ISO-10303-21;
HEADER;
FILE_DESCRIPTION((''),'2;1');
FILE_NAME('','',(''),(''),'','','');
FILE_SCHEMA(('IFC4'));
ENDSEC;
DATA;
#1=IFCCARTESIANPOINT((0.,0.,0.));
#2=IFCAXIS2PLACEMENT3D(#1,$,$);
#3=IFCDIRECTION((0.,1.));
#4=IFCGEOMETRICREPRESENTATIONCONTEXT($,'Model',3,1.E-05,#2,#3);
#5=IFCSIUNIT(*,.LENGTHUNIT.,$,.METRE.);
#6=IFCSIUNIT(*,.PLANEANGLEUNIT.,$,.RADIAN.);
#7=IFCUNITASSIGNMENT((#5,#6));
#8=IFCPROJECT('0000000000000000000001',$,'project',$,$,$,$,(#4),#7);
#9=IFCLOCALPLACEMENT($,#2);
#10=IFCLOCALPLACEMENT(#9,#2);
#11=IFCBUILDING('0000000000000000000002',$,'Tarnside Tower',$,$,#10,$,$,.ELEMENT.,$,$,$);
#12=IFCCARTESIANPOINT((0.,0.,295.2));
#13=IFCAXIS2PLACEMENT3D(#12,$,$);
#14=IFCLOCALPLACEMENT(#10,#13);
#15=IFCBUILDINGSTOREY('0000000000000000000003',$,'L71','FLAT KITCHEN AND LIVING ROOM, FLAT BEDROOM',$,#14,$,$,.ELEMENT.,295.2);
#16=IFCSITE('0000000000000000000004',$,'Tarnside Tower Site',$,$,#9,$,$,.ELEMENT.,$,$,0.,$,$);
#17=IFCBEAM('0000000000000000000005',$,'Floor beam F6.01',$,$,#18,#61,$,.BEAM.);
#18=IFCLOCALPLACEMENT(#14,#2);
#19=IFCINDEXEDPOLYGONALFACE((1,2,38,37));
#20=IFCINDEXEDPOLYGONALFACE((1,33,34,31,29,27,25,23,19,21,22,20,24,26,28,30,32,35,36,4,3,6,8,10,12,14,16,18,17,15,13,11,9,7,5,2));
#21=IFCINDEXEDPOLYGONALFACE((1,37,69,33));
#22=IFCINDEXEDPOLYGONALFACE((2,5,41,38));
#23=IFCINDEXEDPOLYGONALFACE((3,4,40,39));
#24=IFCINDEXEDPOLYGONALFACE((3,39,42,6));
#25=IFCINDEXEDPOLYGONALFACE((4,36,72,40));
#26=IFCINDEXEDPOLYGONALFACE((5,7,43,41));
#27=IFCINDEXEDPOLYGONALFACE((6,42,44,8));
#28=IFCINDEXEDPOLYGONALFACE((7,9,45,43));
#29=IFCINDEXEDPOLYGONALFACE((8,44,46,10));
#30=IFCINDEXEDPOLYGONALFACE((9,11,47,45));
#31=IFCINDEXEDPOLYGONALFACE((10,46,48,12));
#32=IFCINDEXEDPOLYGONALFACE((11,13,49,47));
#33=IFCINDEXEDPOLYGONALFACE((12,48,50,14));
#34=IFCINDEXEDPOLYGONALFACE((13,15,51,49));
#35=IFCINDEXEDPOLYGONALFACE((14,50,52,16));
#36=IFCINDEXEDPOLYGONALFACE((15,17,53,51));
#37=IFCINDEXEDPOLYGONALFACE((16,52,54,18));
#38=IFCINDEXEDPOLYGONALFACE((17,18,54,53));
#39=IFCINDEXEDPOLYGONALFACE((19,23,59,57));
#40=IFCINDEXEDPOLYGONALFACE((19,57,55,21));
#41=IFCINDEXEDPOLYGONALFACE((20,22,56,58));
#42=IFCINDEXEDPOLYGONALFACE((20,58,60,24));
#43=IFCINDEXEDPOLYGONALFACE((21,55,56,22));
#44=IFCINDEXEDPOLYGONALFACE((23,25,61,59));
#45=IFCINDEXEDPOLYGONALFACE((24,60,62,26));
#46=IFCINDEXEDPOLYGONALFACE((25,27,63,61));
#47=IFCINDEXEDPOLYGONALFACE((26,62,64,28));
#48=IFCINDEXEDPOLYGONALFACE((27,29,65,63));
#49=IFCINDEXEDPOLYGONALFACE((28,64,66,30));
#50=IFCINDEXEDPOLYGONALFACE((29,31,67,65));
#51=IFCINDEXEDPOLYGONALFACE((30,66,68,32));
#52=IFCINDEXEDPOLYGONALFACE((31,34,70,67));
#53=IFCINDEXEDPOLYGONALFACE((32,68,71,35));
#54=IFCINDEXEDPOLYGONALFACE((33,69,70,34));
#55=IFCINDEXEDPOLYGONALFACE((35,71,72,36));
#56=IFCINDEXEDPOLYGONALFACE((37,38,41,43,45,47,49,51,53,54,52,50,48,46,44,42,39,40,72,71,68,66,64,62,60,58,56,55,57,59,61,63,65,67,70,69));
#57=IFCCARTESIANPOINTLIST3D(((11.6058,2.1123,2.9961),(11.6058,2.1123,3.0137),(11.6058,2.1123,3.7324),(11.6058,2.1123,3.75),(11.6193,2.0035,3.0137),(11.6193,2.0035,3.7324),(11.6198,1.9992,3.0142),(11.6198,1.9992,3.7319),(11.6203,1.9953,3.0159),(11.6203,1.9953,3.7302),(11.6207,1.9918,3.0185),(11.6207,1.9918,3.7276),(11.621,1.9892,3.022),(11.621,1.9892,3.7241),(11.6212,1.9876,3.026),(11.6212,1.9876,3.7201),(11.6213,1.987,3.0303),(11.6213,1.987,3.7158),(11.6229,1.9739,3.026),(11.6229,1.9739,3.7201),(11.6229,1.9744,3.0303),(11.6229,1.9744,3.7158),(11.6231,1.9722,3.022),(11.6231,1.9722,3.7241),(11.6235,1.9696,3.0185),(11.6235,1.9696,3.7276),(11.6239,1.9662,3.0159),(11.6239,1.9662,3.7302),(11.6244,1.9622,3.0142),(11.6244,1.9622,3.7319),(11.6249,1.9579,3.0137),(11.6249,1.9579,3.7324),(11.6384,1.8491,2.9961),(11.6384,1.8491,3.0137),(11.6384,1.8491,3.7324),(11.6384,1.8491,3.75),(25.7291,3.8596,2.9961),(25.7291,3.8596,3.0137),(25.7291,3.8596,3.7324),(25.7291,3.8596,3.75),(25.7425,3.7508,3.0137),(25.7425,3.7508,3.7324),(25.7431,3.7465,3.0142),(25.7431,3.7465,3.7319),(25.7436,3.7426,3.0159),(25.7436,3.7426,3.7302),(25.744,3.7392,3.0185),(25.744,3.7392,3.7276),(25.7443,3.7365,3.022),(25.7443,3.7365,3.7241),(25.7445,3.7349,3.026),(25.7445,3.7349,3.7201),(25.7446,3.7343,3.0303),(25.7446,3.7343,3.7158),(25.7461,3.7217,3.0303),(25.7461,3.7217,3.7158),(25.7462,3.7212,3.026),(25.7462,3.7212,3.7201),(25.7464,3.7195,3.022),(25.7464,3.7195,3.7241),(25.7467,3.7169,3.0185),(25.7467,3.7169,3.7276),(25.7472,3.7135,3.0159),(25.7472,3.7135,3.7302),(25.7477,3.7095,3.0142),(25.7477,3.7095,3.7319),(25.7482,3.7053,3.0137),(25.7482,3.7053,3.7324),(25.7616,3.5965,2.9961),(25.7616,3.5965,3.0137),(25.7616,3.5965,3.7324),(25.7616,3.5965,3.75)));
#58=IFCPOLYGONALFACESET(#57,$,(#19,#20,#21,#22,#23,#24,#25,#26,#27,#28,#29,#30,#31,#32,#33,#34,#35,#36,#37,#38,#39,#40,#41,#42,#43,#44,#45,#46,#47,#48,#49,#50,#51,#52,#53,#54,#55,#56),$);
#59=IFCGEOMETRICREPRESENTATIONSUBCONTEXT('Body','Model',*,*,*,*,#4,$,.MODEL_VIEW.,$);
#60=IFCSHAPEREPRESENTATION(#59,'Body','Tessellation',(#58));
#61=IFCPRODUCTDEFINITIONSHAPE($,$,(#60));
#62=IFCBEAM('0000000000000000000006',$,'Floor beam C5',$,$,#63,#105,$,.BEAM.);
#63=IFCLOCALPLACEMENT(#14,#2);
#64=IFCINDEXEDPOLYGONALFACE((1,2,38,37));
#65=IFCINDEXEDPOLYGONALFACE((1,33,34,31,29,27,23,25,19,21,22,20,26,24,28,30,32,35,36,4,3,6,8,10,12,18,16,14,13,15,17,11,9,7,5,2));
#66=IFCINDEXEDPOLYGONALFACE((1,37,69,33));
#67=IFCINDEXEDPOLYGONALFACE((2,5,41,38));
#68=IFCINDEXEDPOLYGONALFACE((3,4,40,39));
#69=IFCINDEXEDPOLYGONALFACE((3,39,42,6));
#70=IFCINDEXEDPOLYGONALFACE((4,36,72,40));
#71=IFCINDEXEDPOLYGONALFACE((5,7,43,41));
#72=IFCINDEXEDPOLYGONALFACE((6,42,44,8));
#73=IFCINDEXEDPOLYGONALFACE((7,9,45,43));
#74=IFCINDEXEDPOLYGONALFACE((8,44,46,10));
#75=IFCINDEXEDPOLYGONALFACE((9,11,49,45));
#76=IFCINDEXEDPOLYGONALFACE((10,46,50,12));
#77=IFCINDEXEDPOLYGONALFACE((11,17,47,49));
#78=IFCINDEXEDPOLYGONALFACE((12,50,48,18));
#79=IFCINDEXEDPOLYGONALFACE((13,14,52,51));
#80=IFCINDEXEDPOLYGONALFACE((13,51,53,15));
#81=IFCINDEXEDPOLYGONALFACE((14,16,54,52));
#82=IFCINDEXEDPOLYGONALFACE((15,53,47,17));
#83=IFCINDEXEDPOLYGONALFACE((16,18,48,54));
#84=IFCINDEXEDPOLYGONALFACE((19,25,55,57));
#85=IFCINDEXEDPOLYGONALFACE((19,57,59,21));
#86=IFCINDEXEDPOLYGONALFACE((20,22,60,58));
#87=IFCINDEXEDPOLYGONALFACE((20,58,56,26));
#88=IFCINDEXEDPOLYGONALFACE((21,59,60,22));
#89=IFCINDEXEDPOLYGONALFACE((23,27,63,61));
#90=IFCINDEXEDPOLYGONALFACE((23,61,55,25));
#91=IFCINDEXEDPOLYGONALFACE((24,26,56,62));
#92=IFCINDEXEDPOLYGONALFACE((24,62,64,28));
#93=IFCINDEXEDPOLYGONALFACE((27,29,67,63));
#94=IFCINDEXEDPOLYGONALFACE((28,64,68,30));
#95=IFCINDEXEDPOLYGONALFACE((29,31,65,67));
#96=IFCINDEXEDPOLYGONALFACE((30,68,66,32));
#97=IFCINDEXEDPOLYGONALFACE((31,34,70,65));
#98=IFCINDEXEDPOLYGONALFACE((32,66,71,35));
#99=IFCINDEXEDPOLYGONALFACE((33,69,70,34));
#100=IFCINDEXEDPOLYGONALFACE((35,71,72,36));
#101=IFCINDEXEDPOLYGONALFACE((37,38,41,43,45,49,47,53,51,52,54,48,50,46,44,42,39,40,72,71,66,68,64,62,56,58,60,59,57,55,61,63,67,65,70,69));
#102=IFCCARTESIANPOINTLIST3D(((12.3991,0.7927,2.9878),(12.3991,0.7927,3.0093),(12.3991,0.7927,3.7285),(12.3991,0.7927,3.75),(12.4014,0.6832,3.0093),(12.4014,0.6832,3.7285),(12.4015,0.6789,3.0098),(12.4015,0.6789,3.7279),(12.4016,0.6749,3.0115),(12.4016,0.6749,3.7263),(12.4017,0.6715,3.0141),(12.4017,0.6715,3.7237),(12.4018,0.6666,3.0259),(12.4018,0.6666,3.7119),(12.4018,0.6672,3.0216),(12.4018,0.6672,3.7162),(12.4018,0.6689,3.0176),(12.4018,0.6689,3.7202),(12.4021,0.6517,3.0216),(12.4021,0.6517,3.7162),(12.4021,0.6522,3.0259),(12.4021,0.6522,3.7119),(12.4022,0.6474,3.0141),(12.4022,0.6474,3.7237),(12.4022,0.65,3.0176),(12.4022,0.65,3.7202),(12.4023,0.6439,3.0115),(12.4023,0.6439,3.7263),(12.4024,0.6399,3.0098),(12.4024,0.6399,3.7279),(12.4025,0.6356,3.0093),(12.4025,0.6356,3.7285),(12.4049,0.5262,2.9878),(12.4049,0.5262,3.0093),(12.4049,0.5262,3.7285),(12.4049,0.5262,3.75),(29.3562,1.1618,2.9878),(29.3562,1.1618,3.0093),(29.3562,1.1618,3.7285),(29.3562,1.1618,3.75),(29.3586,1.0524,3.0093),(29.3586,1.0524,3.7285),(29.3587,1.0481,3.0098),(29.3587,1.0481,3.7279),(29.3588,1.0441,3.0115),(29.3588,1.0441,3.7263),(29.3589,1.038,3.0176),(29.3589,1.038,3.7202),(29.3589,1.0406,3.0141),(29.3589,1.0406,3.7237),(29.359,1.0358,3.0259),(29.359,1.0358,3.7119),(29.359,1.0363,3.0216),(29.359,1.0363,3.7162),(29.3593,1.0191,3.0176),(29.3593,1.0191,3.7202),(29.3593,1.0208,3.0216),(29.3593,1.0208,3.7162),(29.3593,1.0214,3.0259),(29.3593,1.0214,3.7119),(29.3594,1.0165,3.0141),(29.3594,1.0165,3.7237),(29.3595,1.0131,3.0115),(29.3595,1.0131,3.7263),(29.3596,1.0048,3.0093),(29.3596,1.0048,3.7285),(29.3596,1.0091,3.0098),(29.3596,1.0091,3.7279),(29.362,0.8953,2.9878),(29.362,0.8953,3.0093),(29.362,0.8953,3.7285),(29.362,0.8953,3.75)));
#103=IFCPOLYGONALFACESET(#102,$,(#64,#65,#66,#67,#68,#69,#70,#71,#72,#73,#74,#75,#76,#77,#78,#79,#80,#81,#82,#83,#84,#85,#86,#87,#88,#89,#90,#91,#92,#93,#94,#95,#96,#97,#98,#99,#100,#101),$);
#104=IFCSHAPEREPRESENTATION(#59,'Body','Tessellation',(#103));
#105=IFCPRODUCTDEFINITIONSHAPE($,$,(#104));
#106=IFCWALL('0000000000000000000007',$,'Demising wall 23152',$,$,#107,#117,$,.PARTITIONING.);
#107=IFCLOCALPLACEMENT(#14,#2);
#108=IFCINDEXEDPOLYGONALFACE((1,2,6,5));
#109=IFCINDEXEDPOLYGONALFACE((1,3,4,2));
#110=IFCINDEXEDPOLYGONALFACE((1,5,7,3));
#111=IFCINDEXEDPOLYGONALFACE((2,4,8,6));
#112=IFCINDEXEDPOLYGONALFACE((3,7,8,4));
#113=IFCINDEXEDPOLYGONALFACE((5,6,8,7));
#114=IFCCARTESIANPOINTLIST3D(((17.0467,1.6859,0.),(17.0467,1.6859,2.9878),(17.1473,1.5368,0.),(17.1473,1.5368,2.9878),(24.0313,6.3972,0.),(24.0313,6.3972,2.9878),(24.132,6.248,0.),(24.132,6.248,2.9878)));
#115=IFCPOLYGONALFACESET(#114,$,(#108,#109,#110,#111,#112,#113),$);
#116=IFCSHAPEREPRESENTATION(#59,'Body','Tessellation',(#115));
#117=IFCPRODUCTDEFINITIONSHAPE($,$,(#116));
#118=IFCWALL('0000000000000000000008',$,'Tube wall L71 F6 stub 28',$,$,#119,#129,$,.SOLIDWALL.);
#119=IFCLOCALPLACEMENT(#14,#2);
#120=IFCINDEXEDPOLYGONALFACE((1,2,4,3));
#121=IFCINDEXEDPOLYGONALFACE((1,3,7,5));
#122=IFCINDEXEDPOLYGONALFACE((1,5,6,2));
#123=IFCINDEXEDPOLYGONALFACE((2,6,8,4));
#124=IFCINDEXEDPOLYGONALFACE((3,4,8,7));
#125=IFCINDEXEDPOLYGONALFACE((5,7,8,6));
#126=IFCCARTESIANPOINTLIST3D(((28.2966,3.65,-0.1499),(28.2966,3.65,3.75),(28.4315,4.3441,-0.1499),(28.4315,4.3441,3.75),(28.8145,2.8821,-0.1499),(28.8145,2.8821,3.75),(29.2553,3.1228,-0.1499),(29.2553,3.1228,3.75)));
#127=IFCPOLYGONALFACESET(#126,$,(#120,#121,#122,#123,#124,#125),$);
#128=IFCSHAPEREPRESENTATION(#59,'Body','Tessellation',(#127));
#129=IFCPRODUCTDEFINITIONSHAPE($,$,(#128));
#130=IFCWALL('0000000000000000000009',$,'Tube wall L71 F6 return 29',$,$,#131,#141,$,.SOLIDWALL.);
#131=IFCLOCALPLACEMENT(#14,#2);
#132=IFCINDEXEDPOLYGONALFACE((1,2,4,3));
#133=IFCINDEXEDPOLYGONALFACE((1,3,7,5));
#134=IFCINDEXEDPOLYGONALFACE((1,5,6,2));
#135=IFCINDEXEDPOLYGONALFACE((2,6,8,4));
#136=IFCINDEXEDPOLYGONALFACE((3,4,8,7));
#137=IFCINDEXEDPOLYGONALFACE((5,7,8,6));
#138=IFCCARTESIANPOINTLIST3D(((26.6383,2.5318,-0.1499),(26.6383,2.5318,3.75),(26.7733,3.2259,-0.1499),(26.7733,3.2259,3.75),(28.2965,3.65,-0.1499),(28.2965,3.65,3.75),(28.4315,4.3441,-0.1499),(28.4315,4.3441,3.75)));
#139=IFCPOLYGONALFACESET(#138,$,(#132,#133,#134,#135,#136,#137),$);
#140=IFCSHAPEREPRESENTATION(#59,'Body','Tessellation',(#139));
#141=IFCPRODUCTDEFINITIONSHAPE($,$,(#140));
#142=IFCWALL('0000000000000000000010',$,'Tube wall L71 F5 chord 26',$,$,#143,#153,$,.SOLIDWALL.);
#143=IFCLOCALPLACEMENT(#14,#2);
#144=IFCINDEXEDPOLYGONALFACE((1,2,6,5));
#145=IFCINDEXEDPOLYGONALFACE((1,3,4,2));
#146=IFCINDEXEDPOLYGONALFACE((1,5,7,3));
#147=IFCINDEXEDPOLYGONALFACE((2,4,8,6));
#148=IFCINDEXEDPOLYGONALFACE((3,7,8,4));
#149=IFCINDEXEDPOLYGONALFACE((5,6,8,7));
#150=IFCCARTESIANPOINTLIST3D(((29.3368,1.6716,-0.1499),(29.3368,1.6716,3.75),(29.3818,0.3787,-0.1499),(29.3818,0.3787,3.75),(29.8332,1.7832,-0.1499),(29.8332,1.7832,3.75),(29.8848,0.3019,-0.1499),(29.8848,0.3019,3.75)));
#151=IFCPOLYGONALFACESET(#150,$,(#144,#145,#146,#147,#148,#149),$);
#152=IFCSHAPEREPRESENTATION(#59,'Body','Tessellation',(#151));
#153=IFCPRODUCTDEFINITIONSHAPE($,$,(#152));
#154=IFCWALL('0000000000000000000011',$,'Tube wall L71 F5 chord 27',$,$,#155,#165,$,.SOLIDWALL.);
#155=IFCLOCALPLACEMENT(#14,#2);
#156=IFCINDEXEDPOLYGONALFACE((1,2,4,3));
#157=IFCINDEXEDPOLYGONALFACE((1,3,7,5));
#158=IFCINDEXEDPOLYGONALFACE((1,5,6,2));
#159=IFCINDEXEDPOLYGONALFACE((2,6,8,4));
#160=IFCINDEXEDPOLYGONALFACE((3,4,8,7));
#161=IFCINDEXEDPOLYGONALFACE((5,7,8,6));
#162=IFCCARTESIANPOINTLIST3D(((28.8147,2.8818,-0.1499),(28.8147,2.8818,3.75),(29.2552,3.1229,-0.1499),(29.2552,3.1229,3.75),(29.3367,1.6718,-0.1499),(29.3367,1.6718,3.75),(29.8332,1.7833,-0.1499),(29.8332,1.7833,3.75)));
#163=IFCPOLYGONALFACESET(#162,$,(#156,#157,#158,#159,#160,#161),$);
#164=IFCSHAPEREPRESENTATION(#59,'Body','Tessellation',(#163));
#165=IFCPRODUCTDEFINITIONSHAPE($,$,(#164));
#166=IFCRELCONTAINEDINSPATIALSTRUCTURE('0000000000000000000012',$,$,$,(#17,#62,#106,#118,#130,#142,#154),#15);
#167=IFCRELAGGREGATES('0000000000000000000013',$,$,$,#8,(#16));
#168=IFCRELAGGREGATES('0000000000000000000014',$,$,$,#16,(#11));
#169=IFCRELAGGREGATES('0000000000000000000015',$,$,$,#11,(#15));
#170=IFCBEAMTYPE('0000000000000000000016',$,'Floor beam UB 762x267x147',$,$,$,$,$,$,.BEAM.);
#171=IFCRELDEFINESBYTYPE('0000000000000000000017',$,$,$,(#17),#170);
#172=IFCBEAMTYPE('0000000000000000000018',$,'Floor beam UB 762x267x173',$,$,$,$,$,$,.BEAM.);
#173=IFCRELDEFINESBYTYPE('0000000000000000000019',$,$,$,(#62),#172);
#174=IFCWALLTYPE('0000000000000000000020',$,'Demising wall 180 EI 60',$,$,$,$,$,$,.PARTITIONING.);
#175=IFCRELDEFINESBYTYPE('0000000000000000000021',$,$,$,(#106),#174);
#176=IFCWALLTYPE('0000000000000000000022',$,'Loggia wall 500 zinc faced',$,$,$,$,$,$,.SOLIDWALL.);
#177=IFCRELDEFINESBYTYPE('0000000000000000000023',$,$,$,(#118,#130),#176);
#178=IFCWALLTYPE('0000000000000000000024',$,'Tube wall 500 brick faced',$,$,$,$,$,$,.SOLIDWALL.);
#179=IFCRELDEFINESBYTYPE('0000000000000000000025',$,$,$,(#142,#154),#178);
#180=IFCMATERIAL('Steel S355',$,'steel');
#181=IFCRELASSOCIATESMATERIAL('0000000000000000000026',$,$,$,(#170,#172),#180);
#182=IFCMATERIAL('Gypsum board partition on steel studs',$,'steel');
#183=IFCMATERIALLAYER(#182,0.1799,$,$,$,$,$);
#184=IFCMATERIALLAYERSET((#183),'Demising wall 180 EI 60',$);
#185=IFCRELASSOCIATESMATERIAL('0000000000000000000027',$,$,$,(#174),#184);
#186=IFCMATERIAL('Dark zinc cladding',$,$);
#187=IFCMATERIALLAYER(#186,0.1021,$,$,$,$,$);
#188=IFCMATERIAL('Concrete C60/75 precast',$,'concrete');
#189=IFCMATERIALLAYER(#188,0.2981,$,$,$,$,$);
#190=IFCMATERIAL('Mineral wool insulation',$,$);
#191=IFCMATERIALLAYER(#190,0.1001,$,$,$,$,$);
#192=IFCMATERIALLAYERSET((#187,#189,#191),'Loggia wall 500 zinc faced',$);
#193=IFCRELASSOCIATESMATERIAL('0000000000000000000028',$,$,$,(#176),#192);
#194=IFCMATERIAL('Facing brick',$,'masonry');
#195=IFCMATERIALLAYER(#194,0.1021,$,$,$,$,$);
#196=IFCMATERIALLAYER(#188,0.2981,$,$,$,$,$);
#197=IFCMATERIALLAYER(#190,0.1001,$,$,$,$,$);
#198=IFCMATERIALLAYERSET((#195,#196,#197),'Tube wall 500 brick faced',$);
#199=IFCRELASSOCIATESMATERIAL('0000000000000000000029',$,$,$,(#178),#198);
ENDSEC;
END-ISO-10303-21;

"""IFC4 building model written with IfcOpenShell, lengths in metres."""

from ifc_helpers import new_model, si_unit, direction, frame, frame_2d, origin, origin_2d, place, context, subcontext, project, spatial, polyline, rectangle, i_section, outline, extrude, material, layer, layer_set, material_profile, profile_set, type_object, element, save


model = new_model("IFC4")

# Units and contexts
model_context = context("Model", 3, precision=1e-05, world=origin(), true_north=direction((0.0, 1.0)))
body_context = subcontext(model_context, "Body", "Model", "MODEL_VIEW")
ifc_project = project(units=[si_unit("LENGTHUNIT", "METRE"), si_unit("PLANEANGLEUNIT", "RADIAN")], contexts=[model_context])

# Site, building, storey
site_placement = place(None, origin())
site = spatial("IfcSite", under=ifc_project, at=site_placement, Name="Tarnside Tower Site", CompositionType="ELEMENT", RefElevation=0.0)
building_placement = place(site_placement, origin())
building = spatial("IfcBuilding", under=site, at=building_placement, Name="Tarnside Tower", CompositionType="ELEMENT")
storey_placement = place(building_placement, frame((0.0, 0.0, 295.2)))
storey = spatial("IfcBuildingStorey", under=building, at=storey_placement, Name="L71", Description="FLAT KITCHEN AND LIVING ROOM, FLAT BEDROOM", CompositionType="ELEMENT", Elevation=295.2)

# Beams
ifc_material_1 = material(Name="Steel S355", Category="steel")
ifc_material_profile_1 = material_profile(ifc_material_1, i_section(OverallWidth=0.2651, OverallDepth=0.7539, WebThickness=0.0127, FlangeThickness=0.0176, FilletRadius=0.0166, at=origin_2d()), Name="UB 762x267x147")
ifc_profile_set_1 = profile_set([ifc_material_profile_1], Name="Steel S355")
beam_type_1 = type_object("IfcBeamType", Name="Floor beam UB 762x267x147", PredefinedType="BEAM", material=ifc_profile_set_1)
beam_1_placement = place(storey_placement, frame((25.7454, 3.728, 3.373), z_axis=(-0.992434, -0.122783, 0.0), x_axis=(0.122783, -0.992434, 0.0)))
element("IfcBeam", 1, at=beam_1_placement, inside=storey, type_object=beam_type_1, Name="Floor beam F6.01", PredefinedType="BEAM", context=body_context, shape_type="SweptSolid", body=[
    extrude(i_section(OverallWidth=0.2651, OverallDepth=0.7539, WebThickness=0.0127, FlangeThickness=0.0176, FilletRadius=0.0166, at=origin_2d()), origin(), (0.0, 0.0, 1.0), 14.231),
])
ifc_material_profile_2 = material_profile(ifc_material_1, i_section(OverallWidth=0.2666, OverallDepth=0.7622, WebThickness=0.0144, FlangeThickness=0.0215, FilletRadius=0.0166, at=origin_2d()), Name="UB 762x267x173")
ifc_profile_set_2 = profile_set([ifc_material_profile_2], Name="Steel S355")
beam_type_2 = type_object("IfcBeamType", Name="Floor beam UB 762x267x173", PredefinedType="BEAM", material=ifc_profile_set_2)
beam_2_placement = place(storey_placement, frame((29.3591, 1.0286, 3.3689), z_axis=(-0.999763, -0.021764, 0.0), x_axis=(0.021764, -0.999763, 0.0)))
element("IfcBeam", 2, at=beam_2_placement, inside=storey, type_object=beam_type_2, Name="Floor beam C5", PredefinedType="BEAM", context=body_context, shape_type="SweptSolid", body=[
    extrude(i_section(OverallWidth=0.2666, OverallDepth=0.7622, WebThickness=0.0144, FlangeThickness=0.0215, FilletRadius=0.0166, at=origin_2d()), origin(), (0.0, 0.0, 1.0), 16.9612),
])

# Walls
ifc_material_2 = material(Name="Gypsum board partition on steel studs", Category="steel")
ifc_layer_1 = layer(ifc_material_2, 0.1799)
ifc_layer_set_1 = layer_set([ifc_layer_1], Name="Demising wall 180 EI 60")
wall_type_1 = type_object("IfcWallType", Name="Demising wall 180 EI 60", PredefinedType="PARTITIONING", material=ifc_layer_set_1)
wall_1_placement = place(storey_placement, frame((24.0815, 6.3225, 0.0), z_axis=(0.0, 0.0, 1.0), x_axis=(-0.829038, -0.559193, 0.0)))
element("IfcWall", 3, at=wall_1_placement, inside=storey, type_object=wall_type_1, Name="Demising wall 23152", PredefinedType="PARTITIONING", context=body_context, shape_type="SweptSolid", body=[
    extrude(rectangle(XDim=8.425, YDim=0.1799, at=frame_2d((4.2124, 0.0))), origin(), (0.0, 0.0, 1.0), 2.9878),
])
ifc_material_3 = material(Name="Dark zinc cladding")
ifc_layer_2 = layer(ifc_material_3, 0.1021)
ifc_material_4 = material(Name="Concrete C60/75 precast", Category="concrete")
ifc_layer_3 = layer(ifc_material_4, 0.2981)
ifc_material_5 = material(Name="Mineral wool insulation")
ifc_layer_4 = layer(ifc_material_5, 0.1001)
ifc_layer_set_2 = layer_set([ifc_layer_2, ifc_layer_3, ifc_layer_4], Name="Loggia wall 500 zinc faced")
wall_type_2 = type_object("IfcWallType", Name="Loggia wall 500 zinc faced", PredefinedType="SOLIDWALL", material=ifc_layer_set_2)
wall_2_placement = place(storey_placement, frame((29.0349, 3.0024, -0.1499), z_axis=(0.0, 0.0, 1.0), x_axis=(-0.5592, 0.829033, 0.0)))
element("IfcWall", 4, at=wall_2_placement, inside=storey, type_object=wall_type_2, Name="Tube wall L71 F6 stub 28", PredefinedType="SOLIDWALL", context=body_context, shape_type="SweptSolid", body=[
    extrude(outline(polyline([(-0.0234, -0.25), (1.4497, -0.25), (0.9497, 0.25), (0.0234, 0.25), (-0.0234, -0.25)])), origin(), (0.0, 0.0, 1.0), 3.8999),
])
wall_3_placement = place(storey_placement, frame((28.364, 3.9971, -0.1499), z_axis=(0.0, 0.0, 1.0), x_axis=(-0.829109, -0.559087, 0.0)))
element("IfcWall", 5, at=wall_3_placement, inside=storey, type_object=wall_type_2, Name="Tube wall L71 F6 return 29", PredefinedType="SOLIDWALL", context=body_context, shape_type="SweptSolid", body=[
    extrude(outline(polyline([(-0.25, -0.25), (1.75, -0.25), (2.25, 0.25), (0.25, 0.25), (-0.25, -0.25)])), origin(), (0.0, 0.0, 1.0), 3.8999),
])

# Walls
ifc_material_6 = material(Name="Facing brick", Category="masonry")
ifc_layer_5 = layer(ifc_material_6, 0.1021)
ifc_layer_6 = layer(ifc_material_4, 0.2981)
ifc_layer_7 = layer(ifc_material_5, 0.1001)
ifc_layer_set_3 = layer_set([ifc_layer_5, ifc_layer_6, ifc_layer_7], Name="Tube wall 500 brick faced")
wall_type_3 = type_object("IfcWallType", Name="Tube wall 500 brick faced", PredefinedType="SOLIDWALL", material=ifc_layer_set_3)
wall_4_placement = place(storey_placement, frame((29.6333, 0.3403, -0.1499), z_axis=(0.0, 0.0, 1.0), x_axis=(-0.034826, 0.999393, 0.0)))
element("IfcWall", 6, at=wall_4_placement, inside=storey, type_object=wall_type_3, Name="Tube wall L71 F5 chord 26", PredefinedType="SOLIDWALL", context=body_context, shape_type="SweptSolid", body=[
    extrude(outline(polyline([(-0.0471, -0.25), (1.4351, -0.25), (1.3408, 0.25), (0.0471, 0.25), (-0.0471, -0.25)])), origin(), (0.0, 0.0, 1.0), 3.8999),
])
wall_5_placement = place(storey_placement, frame((29.585, 1.7275, -0.1499), z_axis=(0.0, 0.0, 1.0), x_axis=(-0.396146, 0.918187, 0.0)))
element("IfcWall", 7, at=wall_5_placement, inside=storey, type_object=wall_type_3, Name="Tube wall L71 F5 chord 27", PredefinedType="SOLIDWALL", context=body_context, shape_type="SweptSolid", body=[
    extrude(outline(polyline([(-0.0471, -0.25), (1.4119, -0.25), (1.365, 0.25), (0.0471, 0.25), (-0.0471, -0.25)])), origin(), (0.0, 0.0, 1.0), 3.8999),
])

save(model, "model.ifc")
